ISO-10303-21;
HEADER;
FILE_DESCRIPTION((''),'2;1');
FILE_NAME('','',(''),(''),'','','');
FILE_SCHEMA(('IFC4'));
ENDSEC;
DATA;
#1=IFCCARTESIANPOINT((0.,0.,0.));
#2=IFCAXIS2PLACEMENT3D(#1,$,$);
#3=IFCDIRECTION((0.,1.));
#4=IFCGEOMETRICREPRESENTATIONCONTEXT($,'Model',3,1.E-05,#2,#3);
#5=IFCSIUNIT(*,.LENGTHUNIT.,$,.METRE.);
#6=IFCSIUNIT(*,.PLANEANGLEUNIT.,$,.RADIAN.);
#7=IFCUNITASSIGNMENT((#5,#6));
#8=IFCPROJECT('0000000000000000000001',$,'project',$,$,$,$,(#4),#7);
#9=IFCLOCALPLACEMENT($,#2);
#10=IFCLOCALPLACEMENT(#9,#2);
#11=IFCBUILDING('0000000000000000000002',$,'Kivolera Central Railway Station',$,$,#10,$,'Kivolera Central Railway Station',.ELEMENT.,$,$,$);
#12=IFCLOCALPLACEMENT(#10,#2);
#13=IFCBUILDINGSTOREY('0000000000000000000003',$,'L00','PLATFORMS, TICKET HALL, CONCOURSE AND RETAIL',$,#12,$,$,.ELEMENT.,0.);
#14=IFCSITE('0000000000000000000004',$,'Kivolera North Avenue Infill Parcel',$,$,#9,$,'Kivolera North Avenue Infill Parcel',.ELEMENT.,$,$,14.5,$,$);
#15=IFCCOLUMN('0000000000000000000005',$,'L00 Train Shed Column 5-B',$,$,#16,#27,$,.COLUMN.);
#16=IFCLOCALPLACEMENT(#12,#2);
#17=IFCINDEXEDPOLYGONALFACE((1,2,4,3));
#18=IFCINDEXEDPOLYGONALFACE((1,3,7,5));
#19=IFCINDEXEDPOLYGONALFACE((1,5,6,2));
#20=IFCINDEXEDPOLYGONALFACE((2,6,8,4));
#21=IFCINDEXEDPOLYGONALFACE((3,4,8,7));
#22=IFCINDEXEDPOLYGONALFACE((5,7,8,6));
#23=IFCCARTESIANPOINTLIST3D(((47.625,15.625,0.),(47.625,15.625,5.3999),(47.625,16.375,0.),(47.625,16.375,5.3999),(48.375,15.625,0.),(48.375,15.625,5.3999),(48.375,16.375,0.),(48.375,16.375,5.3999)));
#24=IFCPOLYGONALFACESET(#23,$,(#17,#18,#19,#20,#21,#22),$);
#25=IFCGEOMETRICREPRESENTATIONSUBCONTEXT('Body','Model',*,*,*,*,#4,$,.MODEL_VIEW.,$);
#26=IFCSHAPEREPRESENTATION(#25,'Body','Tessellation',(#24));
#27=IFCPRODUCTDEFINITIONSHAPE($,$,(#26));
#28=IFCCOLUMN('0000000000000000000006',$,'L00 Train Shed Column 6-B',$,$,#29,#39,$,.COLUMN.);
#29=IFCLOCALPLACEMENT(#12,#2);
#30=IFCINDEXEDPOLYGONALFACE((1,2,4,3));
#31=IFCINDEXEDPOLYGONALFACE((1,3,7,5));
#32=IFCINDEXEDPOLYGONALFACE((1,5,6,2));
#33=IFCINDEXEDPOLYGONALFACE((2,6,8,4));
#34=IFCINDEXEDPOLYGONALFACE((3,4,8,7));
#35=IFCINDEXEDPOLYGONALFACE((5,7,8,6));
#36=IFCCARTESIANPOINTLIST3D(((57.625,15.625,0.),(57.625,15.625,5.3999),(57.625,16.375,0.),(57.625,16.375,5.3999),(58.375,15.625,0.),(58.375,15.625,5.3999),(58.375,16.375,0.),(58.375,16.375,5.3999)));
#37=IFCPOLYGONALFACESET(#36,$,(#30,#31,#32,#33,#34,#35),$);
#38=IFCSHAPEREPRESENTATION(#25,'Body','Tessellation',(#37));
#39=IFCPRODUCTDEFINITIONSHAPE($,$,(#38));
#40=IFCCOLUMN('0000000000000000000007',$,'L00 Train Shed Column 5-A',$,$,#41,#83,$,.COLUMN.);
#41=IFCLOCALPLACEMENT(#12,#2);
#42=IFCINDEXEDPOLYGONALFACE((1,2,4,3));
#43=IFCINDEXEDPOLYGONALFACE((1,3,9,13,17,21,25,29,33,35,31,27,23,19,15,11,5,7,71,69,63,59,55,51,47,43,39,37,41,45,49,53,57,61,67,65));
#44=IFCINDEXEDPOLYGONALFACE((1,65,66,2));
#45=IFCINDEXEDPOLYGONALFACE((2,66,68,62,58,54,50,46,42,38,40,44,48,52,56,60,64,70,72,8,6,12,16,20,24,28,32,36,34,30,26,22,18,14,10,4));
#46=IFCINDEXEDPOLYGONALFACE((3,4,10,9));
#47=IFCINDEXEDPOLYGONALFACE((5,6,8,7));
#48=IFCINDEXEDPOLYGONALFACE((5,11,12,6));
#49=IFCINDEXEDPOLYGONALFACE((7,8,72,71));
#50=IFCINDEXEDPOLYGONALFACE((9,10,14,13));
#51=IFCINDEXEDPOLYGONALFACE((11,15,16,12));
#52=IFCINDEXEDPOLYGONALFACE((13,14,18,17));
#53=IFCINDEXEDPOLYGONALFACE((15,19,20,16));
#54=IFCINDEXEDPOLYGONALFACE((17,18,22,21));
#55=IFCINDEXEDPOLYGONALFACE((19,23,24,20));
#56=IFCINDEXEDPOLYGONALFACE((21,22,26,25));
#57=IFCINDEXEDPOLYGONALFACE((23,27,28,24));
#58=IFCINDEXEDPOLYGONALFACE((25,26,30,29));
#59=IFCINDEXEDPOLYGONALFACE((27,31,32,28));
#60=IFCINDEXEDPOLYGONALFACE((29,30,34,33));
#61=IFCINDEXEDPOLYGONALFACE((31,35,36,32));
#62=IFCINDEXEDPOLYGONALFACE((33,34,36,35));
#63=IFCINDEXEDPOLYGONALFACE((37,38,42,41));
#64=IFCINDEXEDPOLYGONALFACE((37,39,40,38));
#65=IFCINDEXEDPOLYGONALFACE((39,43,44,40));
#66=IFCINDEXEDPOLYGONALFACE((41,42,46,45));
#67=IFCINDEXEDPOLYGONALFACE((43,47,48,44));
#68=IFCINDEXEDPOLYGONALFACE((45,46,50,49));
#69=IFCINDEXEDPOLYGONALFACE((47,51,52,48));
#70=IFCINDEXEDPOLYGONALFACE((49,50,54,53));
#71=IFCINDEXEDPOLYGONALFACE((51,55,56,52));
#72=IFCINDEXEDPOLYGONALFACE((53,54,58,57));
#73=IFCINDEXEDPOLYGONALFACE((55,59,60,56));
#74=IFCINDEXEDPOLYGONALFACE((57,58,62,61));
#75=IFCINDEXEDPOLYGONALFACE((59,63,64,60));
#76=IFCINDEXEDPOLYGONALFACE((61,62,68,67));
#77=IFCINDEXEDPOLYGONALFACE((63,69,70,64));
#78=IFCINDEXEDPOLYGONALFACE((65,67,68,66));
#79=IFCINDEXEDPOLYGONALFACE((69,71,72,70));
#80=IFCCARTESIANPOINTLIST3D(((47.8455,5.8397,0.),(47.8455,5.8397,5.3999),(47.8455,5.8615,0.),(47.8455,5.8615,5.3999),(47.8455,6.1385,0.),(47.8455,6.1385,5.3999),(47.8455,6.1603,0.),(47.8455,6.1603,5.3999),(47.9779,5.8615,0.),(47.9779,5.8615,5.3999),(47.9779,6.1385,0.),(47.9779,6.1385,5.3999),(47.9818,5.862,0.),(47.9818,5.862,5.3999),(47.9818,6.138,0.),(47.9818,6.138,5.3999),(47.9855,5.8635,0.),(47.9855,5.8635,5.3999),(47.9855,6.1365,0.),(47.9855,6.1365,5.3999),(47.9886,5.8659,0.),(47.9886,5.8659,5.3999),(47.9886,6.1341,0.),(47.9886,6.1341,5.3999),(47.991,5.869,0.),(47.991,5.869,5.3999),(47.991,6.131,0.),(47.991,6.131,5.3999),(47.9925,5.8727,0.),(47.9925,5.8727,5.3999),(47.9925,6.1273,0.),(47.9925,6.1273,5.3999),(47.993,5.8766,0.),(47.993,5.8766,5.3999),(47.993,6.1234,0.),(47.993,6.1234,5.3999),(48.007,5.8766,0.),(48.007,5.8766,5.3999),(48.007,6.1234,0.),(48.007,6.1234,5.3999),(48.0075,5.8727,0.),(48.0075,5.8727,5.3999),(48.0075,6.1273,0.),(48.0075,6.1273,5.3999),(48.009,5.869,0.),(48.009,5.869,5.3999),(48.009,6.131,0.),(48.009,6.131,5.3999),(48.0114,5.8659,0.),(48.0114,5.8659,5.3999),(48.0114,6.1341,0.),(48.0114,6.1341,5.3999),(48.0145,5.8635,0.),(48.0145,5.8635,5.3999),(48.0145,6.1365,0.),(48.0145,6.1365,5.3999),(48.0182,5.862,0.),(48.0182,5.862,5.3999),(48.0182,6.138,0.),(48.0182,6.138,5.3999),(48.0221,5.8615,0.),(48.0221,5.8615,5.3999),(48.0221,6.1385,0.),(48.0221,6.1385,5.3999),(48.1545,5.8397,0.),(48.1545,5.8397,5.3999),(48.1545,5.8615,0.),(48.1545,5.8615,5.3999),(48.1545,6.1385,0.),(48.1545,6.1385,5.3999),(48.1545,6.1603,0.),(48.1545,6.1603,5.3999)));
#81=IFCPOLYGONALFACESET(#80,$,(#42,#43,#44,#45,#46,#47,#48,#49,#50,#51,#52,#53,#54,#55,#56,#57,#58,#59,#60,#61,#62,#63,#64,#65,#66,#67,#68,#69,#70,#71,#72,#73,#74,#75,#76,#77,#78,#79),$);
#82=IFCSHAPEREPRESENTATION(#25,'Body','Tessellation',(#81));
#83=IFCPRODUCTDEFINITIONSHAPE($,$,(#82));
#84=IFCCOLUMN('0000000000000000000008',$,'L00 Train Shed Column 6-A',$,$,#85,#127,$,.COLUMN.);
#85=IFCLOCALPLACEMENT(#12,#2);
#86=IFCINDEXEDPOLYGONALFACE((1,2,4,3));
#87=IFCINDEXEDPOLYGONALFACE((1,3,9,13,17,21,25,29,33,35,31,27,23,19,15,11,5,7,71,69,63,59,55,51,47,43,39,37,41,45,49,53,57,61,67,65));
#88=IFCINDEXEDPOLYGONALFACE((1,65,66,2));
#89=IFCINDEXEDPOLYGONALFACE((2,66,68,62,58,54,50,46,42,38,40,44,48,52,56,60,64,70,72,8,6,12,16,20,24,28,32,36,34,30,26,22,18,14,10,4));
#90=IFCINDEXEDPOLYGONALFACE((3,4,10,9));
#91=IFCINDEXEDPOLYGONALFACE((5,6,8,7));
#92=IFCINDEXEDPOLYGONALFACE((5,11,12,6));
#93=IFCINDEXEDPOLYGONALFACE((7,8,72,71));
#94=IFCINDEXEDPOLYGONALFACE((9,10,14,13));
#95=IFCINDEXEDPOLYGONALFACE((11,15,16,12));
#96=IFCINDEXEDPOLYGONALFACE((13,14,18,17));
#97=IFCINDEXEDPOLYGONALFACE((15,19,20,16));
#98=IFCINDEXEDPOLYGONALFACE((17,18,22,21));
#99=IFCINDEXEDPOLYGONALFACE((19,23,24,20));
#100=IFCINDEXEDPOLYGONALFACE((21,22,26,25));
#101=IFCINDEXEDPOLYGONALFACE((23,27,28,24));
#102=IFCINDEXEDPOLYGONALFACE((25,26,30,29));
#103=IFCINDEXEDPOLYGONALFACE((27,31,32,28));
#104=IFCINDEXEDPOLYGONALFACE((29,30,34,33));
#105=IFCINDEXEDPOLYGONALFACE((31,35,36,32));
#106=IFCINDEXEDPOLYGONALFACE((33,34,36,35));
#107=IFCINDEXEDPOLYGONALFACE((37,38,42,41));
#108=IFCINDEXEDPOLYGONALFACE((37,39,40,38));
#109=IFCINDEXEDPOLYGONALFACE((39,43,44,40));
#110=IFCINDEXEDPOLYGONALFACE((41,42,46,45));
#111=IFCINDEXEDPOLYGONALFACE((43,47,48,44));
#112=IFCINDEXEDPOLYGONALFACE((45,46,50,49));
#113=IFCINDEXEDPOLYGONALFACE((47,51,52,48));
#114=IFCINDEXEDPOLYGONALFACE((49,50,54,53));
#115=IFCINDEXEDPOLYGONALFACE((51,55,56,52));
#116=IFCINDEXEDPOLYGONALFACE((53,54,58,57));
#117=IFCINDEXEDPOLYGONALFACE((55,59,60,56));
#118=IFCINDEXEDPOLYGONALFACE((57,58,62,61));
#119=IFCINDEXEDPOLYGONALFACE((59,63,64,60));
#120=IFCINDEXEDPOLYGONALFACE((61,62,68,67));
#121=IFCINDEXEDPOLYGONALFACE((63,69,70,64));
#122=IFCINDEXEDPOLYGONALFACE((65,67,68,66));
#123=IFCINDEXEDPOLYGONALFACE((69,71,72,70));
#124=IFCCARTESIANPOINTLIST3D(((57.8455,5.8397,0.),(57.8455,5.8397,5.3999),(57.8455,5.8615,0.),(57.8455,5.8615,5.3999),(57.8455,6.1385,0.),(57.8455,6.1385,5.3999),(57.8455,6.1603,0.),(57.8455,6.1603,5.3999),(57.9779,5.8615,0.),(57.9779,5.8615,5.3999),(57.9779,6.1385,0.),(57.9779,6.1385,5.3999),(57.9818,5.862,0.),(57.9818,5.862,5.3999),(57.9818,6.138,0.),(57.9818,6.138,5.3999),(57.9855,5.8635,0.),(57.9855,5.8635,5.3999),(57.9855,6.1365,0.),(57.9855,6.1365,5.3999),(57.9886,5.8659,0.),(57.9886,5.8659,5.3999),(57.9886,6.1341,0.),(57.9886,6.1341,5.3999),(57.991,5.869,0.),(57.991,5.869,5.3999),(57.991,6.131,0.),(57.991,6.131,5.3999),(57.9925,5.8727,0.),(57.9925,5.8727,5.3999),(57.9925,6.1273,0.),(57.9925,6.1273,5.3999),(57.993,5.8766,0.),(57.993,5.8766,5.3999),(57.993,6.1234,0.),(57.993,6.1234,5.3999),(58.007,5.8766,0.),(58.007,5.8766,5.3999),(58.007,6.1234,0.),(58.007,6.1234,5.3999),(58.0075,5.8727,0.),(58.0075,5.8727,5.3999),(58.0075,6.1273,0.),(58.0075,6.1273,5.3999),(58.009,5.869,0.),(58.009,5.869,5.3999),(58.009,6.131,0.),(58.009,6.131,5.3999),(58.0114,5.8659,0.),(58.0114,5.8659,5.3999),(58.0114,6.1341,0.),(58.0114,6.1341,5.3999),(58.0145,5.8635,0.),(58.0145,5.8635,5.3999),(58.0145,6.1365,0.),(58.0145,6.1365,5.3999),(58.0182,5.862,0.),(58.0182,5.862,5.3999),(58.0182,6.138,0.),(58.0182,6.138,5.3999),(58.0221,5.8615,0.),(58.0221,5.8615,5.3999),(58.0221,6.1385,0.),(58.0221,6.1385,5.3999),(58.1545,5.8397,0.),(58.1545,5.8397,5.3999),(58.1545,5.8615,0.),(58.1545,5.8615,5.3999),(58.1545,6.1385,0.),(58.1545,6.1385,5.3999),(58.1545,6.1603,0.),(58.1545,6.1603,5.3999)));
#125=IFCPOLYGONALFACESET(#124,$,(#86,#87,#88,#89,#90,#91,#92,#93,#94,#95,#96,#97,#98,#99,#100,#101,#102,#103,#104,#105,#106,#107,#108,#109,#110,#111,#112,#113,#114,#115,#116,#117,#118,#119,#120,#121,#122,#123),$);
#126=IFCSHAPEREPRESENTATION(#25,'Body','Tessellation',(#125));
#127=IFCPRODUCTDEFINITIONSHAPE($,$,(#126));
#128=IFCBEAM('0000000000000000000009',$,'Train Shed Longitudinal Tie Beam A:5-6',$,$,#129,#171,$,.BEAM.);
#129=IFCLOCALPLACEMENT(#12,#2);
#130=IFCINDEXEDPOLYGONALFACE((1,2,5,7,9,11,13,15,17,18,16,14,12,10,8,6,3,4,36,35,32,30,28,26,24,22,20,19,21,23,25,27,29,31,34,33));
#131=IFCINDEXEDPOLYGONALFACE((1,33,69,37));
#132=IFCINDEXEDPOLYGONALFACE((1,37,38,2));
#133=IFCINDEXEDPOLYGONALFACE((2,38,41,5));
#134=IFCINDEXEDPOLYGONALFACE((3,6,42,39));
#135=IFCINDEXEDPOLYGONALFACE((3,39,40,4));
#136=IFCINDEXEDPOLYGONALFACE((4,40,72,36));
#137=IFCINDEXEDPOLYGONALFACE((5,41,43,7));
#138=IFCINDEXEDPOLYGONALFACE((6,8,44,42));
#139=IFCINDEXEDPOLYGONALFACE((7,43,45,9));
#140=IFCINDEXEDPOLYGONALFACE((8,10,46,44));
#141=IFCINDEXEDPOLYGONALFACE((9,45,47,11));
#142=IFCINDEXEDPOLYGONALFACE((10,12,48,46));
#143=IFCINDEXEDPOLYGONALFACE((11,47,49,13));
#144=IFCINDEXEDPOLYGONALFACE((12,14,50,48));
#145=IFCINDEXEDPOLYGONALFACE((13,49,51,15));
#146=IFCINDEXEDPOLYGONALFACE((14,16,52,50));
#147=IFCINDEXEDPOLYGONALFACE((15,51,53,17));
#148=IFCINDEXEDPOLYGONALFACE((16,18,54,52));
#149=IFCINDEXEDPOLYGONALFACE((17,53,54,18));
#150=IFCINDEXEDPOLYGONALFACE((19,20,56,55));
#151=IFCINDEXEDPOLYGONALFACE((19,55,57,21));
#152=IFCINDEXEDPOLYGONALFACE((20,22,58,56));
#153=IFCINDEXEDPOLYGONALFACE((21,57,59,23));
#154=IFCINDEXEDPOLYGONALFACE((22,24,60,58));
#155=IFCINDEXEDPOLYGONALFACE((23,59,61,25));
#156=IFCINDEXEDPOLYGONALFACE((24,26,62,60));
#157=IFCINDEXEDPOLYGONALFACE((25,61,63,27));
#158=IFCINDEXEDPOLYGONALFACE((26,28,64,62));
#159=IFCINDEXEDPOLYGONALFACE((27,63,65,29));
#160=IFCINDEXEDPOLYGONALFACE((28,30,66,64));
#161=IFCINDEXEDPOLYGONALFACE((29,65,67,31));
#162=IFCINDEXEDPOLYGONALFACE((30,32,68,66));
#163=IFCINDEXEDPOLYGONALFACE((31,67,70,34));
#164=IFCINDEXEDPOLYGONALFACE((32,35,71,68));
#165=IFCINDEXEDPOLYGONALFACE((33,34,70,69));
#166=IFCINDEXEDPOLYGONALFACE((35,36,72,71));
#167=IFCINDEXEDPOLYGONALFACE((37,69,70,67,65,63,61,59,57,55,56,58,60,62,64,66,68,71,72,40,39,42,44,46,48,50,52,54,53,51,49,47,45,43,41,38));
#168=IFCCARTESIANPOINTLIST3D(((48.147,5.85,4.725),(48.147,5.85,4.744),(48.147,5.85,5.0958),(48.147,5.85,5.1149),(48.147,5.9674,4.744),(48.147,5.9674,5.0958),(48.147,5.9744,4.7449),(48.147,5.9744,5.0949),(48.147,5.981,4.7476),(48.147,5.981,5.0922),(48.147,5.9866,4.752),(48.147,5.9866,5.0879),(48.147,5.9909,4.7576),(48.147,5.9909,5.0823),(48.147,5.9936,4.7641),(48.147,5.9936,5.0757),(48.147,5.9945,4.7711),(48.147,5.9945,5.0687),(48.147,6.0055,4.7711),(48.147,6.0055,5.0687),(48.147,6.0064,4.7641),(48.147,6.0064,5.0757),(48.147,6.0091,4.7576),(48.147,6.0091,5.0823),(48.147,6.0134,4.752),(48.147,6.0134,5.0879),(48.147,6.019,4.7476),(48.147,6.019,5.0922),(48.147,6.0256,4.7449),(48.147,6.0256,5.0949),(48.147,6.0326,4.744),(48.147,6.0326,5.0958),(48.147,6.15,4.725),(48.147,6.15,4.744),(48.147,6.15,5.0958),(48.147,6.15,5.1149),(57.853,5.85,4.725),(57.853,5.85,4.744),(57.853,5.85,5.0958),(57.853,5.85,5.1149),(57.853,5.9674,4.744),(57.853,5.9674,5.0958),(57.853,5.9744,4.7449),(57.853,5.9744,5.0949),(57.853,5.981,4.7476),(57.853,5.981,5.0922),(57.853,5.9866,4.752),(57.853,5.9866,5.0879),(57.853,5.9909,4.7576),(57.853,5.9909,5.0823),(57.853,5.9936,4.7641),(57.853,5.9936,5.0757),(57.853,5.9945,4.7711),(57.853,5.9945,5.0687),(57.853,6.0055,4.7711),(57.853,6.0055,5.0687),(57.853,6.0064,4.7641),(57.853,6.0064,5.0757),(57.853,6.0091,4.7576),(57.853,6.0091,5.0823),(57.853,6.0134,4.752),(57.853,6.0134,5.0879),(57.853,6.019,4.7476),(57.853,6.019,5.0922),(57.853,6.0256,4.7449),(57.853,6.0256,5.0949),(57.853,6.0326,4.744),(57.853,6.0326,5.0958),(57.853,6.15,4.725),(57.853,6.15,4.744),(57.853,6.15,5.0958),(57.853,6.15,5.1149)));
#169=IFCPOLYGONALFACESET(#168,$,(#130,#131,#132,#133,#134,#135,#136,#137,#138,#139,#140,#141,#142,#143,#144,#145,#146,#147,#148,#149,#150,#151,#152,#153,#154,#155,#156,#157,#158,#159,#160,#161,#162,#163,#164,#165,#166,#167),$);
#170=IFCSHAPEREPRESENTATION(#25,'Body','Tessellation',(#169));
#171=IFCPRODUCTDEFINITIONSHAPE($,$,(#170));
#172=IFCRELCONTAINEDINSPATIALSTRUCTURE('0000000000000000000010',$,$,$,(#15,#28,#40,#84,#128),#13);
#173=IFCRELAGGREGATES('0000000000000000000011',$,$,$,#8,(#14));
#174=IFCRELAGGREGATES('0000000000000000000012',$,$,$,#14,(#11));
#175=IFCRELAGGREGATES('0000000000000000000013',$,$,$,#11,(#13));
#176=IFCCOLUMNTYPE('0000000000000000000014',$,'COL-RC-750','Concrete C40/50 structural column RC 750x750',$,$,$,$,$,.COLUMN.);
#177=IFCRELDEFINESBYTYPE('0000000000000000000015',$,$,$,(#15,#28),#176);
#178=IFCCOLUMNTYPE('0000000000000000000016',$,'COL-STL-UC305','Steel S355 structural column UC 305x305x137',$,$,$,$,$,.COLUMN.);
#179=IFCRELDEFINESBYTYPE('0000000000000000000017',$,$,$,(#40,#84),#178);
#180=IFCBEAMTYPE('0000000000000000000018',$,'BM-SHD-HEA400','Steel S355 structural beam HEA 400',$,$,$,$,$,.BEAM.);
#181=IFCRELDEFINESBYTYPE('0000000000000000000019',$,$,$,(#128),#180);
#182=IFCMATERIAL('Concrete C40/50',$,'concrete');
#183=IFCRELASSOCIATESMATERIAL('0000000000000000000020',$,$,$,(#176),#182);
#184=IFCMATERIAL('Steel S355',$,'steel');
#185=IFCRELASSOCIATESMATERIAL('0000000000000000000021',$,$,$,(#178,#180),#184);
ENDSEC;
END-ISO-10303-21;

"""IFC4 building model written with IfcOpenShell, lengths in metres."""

from ifc_helpers import new_model, si_unit, direction, frame, origin, origin_2d, place, context, subcontext, project, spatial, rectangle, i_section, extrude, material, material_profile, profile_set, type_object, element, save


model = new_model("IFC4")

# Units and contexts
model_context = context("Model", 3, precision=1e-05, world=origin(), true_north=direction((0.0, 1.0)))
body_context = subcontext(model_context, "Body", "Model", "MODEL_VIEW")
ifc_project = project(units=[si_unit("LENGTHUNIT", "METRE"), si_unit("PLANEANGLEUNIT", "RADIAN")], contexts=[model_context])

# Site, building, storey
site_placement = place(None, origin())
site = spatial("IfcSite", under=ifc_project, at=site_placement, Name="Kivolera North Avenue Infill Parcel", LongName="Kivolera North Avenue Infill Parcel", CompositionType="ELEMENT", RefElevation=14.5)
building_placement = place(site_placement, origin())
building = spatial("IfcBuilding", under=site, at=building_placement, Name="Kivolera Central Railway Station", LongName="Kivolera Central Railway Station", CompositionType="ELEMENT")
storey_placement = place(building_placement, origin())
storey = spatial("IfcBuildingStorey", under=building, at=storey_placement, Name="L00", Description="PLATFORMS, TICKET HALL, CONCOURSE AND RETAIL", CompositionType="ELEMENT", Elevation=0.0)

# Columns
ifc_material_1 = material(Name="Concrete C40/50", Category="concrete")
ifc_material_profile_1 = material_profile(ifc_material_1, rectangle(XDim=0.75, YDim=0.75, at=origin_2d()), Name="RC 750x750")
ifc_profile_set_1 = profile_set([ifc_material_profile_1], Name="Concrete C40/50")
column_type_1 = type_object("IfcColumnType", Name="COL-RC-750", Description="Concrete C40/50 structural column RC 750x750", PredefinedType="COLUMN", material=ifc_profile_set_1)
for number, where, z_axis, x_axis, name in (
    (1, (48.0, 16.0, 0.0), (0.0, 0.0, 1.0), (1.0, 0.0, 0.0), "L00 Train Shed Column 5-B"),
    (2, (58.0, 16.0, 0.0), (0.0, 0.0, 1.0), (1.0, 0.0, 0.0), "L00 Train Shed Column 6-B"),
):
    element("IfcColumn", number, at=place(storey_placement, frame(where, z_axis=z_axis, x_axis=x_axis)), inside=storey, type_object=column_type_1, Name=name, PredefinedType="COLUMN", context=body_context, shape_type="SweptSolid", body=[
        extrude(rectangle(XDim=0.75, YDim=0.75, at=origin_2d()), origin(), (0.0, 0.0, 1.0), 5.3999),
    ])
ifc_material_2 = material(Name="Steel S355", Category="steel")
ifc_material_profile_2 = material_profile(ifc_material_2, i_section(OverallWidth=0.3091, OverallDepth=0.3206, WebThickness=0.0139, FlangeThickness=0.0217, FilletRadius=0.0151, at=origin_2d()), Name="UC 305x305x137")
ifc_profile_set_2 = profile_set([ifc_material_profile_2], Name="Steel S355")
column_type_2 = type_object("IfcColumnType", Name="COL-STL-UC305", Description="Steel S355 structural column UC 305x305x137", PredefinedType="COLUMN", material=ifc_profile_set_2)
for number, where, z_axis, x_axis, name in (
    (3, (48.0, 6.0, 0.0), (0.0, 0.0, 1.0), (1.0, 0.0, 0.0), "L00 Train Shed Column 5-A"),
    (4, (58.0, 6.0, 0.0), (0.0, 0.0, 1.0), (1.0, 0.0, 0.0), "L00 Train Shed Column 6-A"),
):
    element("IfcColumn", number, at=place(storey_placement, frame(where, z_axis=z_axis, x_axis=x_axis)), inside=storey, type_object=column_type_2, Name=name, PredefinedType="COLUMN", context=body_context, shape_type="SweptSolid", body=[
        extrude(i_section(OverallWidth=0.3091, OverallDepth=0.3206, WebThickness=0.0139, FlangeThickness=0.0217, FilletRadius=0.0151, at=origin_2d()), origin(), (0.0, 0.0, 1.0), 5.3999),
    ])

# Beam
ifc_material_profile_3 = material_profile(ifc_material_2, i_section(OverallWidth=0.3, OverallDepth=0.3899, WebThickness=0.011, FlangeThickness=0.019, FilletRadius=0.0271, at=origin_2d()), Name="HEA 400")
ifc_profile_set_3 = profile_set([ifc_material_profile_3], Name="Steel S355")
beam_type = type_object("IfcBeamType", Name="BM-SHD-HEA400", Description="Steel S355 structural beam HEA 400", PredefinedType="BEAM", material=ifc_profile_set_3)
beam_1_placement = place(storey_placement, frame((48.147, 6.0, 4.9199), z_axis=(1.0, 0.0, 0.0), x_axis=(0.0, 1.0, 0.0)))
element("IfcBeam", 5, at=beam_1_placement, inside=storey, type_object=beam_type, Name="Train Shed Longitudinal Tie Beam A:5-6", PredefinedType="BEAM", context=body_context, shape_type="SweptSolid", body=[
    extrude(i_section(OverallWidth=0.3, OverallDepth=0.3899, WebThickness=0.011, FlangeThickness=0.019, FilletRadius=0.0271, at=origin_2d()), origin(), (0.0, 0.0, 1.0), 9.7061),
])

save(model, "model.ifc")
